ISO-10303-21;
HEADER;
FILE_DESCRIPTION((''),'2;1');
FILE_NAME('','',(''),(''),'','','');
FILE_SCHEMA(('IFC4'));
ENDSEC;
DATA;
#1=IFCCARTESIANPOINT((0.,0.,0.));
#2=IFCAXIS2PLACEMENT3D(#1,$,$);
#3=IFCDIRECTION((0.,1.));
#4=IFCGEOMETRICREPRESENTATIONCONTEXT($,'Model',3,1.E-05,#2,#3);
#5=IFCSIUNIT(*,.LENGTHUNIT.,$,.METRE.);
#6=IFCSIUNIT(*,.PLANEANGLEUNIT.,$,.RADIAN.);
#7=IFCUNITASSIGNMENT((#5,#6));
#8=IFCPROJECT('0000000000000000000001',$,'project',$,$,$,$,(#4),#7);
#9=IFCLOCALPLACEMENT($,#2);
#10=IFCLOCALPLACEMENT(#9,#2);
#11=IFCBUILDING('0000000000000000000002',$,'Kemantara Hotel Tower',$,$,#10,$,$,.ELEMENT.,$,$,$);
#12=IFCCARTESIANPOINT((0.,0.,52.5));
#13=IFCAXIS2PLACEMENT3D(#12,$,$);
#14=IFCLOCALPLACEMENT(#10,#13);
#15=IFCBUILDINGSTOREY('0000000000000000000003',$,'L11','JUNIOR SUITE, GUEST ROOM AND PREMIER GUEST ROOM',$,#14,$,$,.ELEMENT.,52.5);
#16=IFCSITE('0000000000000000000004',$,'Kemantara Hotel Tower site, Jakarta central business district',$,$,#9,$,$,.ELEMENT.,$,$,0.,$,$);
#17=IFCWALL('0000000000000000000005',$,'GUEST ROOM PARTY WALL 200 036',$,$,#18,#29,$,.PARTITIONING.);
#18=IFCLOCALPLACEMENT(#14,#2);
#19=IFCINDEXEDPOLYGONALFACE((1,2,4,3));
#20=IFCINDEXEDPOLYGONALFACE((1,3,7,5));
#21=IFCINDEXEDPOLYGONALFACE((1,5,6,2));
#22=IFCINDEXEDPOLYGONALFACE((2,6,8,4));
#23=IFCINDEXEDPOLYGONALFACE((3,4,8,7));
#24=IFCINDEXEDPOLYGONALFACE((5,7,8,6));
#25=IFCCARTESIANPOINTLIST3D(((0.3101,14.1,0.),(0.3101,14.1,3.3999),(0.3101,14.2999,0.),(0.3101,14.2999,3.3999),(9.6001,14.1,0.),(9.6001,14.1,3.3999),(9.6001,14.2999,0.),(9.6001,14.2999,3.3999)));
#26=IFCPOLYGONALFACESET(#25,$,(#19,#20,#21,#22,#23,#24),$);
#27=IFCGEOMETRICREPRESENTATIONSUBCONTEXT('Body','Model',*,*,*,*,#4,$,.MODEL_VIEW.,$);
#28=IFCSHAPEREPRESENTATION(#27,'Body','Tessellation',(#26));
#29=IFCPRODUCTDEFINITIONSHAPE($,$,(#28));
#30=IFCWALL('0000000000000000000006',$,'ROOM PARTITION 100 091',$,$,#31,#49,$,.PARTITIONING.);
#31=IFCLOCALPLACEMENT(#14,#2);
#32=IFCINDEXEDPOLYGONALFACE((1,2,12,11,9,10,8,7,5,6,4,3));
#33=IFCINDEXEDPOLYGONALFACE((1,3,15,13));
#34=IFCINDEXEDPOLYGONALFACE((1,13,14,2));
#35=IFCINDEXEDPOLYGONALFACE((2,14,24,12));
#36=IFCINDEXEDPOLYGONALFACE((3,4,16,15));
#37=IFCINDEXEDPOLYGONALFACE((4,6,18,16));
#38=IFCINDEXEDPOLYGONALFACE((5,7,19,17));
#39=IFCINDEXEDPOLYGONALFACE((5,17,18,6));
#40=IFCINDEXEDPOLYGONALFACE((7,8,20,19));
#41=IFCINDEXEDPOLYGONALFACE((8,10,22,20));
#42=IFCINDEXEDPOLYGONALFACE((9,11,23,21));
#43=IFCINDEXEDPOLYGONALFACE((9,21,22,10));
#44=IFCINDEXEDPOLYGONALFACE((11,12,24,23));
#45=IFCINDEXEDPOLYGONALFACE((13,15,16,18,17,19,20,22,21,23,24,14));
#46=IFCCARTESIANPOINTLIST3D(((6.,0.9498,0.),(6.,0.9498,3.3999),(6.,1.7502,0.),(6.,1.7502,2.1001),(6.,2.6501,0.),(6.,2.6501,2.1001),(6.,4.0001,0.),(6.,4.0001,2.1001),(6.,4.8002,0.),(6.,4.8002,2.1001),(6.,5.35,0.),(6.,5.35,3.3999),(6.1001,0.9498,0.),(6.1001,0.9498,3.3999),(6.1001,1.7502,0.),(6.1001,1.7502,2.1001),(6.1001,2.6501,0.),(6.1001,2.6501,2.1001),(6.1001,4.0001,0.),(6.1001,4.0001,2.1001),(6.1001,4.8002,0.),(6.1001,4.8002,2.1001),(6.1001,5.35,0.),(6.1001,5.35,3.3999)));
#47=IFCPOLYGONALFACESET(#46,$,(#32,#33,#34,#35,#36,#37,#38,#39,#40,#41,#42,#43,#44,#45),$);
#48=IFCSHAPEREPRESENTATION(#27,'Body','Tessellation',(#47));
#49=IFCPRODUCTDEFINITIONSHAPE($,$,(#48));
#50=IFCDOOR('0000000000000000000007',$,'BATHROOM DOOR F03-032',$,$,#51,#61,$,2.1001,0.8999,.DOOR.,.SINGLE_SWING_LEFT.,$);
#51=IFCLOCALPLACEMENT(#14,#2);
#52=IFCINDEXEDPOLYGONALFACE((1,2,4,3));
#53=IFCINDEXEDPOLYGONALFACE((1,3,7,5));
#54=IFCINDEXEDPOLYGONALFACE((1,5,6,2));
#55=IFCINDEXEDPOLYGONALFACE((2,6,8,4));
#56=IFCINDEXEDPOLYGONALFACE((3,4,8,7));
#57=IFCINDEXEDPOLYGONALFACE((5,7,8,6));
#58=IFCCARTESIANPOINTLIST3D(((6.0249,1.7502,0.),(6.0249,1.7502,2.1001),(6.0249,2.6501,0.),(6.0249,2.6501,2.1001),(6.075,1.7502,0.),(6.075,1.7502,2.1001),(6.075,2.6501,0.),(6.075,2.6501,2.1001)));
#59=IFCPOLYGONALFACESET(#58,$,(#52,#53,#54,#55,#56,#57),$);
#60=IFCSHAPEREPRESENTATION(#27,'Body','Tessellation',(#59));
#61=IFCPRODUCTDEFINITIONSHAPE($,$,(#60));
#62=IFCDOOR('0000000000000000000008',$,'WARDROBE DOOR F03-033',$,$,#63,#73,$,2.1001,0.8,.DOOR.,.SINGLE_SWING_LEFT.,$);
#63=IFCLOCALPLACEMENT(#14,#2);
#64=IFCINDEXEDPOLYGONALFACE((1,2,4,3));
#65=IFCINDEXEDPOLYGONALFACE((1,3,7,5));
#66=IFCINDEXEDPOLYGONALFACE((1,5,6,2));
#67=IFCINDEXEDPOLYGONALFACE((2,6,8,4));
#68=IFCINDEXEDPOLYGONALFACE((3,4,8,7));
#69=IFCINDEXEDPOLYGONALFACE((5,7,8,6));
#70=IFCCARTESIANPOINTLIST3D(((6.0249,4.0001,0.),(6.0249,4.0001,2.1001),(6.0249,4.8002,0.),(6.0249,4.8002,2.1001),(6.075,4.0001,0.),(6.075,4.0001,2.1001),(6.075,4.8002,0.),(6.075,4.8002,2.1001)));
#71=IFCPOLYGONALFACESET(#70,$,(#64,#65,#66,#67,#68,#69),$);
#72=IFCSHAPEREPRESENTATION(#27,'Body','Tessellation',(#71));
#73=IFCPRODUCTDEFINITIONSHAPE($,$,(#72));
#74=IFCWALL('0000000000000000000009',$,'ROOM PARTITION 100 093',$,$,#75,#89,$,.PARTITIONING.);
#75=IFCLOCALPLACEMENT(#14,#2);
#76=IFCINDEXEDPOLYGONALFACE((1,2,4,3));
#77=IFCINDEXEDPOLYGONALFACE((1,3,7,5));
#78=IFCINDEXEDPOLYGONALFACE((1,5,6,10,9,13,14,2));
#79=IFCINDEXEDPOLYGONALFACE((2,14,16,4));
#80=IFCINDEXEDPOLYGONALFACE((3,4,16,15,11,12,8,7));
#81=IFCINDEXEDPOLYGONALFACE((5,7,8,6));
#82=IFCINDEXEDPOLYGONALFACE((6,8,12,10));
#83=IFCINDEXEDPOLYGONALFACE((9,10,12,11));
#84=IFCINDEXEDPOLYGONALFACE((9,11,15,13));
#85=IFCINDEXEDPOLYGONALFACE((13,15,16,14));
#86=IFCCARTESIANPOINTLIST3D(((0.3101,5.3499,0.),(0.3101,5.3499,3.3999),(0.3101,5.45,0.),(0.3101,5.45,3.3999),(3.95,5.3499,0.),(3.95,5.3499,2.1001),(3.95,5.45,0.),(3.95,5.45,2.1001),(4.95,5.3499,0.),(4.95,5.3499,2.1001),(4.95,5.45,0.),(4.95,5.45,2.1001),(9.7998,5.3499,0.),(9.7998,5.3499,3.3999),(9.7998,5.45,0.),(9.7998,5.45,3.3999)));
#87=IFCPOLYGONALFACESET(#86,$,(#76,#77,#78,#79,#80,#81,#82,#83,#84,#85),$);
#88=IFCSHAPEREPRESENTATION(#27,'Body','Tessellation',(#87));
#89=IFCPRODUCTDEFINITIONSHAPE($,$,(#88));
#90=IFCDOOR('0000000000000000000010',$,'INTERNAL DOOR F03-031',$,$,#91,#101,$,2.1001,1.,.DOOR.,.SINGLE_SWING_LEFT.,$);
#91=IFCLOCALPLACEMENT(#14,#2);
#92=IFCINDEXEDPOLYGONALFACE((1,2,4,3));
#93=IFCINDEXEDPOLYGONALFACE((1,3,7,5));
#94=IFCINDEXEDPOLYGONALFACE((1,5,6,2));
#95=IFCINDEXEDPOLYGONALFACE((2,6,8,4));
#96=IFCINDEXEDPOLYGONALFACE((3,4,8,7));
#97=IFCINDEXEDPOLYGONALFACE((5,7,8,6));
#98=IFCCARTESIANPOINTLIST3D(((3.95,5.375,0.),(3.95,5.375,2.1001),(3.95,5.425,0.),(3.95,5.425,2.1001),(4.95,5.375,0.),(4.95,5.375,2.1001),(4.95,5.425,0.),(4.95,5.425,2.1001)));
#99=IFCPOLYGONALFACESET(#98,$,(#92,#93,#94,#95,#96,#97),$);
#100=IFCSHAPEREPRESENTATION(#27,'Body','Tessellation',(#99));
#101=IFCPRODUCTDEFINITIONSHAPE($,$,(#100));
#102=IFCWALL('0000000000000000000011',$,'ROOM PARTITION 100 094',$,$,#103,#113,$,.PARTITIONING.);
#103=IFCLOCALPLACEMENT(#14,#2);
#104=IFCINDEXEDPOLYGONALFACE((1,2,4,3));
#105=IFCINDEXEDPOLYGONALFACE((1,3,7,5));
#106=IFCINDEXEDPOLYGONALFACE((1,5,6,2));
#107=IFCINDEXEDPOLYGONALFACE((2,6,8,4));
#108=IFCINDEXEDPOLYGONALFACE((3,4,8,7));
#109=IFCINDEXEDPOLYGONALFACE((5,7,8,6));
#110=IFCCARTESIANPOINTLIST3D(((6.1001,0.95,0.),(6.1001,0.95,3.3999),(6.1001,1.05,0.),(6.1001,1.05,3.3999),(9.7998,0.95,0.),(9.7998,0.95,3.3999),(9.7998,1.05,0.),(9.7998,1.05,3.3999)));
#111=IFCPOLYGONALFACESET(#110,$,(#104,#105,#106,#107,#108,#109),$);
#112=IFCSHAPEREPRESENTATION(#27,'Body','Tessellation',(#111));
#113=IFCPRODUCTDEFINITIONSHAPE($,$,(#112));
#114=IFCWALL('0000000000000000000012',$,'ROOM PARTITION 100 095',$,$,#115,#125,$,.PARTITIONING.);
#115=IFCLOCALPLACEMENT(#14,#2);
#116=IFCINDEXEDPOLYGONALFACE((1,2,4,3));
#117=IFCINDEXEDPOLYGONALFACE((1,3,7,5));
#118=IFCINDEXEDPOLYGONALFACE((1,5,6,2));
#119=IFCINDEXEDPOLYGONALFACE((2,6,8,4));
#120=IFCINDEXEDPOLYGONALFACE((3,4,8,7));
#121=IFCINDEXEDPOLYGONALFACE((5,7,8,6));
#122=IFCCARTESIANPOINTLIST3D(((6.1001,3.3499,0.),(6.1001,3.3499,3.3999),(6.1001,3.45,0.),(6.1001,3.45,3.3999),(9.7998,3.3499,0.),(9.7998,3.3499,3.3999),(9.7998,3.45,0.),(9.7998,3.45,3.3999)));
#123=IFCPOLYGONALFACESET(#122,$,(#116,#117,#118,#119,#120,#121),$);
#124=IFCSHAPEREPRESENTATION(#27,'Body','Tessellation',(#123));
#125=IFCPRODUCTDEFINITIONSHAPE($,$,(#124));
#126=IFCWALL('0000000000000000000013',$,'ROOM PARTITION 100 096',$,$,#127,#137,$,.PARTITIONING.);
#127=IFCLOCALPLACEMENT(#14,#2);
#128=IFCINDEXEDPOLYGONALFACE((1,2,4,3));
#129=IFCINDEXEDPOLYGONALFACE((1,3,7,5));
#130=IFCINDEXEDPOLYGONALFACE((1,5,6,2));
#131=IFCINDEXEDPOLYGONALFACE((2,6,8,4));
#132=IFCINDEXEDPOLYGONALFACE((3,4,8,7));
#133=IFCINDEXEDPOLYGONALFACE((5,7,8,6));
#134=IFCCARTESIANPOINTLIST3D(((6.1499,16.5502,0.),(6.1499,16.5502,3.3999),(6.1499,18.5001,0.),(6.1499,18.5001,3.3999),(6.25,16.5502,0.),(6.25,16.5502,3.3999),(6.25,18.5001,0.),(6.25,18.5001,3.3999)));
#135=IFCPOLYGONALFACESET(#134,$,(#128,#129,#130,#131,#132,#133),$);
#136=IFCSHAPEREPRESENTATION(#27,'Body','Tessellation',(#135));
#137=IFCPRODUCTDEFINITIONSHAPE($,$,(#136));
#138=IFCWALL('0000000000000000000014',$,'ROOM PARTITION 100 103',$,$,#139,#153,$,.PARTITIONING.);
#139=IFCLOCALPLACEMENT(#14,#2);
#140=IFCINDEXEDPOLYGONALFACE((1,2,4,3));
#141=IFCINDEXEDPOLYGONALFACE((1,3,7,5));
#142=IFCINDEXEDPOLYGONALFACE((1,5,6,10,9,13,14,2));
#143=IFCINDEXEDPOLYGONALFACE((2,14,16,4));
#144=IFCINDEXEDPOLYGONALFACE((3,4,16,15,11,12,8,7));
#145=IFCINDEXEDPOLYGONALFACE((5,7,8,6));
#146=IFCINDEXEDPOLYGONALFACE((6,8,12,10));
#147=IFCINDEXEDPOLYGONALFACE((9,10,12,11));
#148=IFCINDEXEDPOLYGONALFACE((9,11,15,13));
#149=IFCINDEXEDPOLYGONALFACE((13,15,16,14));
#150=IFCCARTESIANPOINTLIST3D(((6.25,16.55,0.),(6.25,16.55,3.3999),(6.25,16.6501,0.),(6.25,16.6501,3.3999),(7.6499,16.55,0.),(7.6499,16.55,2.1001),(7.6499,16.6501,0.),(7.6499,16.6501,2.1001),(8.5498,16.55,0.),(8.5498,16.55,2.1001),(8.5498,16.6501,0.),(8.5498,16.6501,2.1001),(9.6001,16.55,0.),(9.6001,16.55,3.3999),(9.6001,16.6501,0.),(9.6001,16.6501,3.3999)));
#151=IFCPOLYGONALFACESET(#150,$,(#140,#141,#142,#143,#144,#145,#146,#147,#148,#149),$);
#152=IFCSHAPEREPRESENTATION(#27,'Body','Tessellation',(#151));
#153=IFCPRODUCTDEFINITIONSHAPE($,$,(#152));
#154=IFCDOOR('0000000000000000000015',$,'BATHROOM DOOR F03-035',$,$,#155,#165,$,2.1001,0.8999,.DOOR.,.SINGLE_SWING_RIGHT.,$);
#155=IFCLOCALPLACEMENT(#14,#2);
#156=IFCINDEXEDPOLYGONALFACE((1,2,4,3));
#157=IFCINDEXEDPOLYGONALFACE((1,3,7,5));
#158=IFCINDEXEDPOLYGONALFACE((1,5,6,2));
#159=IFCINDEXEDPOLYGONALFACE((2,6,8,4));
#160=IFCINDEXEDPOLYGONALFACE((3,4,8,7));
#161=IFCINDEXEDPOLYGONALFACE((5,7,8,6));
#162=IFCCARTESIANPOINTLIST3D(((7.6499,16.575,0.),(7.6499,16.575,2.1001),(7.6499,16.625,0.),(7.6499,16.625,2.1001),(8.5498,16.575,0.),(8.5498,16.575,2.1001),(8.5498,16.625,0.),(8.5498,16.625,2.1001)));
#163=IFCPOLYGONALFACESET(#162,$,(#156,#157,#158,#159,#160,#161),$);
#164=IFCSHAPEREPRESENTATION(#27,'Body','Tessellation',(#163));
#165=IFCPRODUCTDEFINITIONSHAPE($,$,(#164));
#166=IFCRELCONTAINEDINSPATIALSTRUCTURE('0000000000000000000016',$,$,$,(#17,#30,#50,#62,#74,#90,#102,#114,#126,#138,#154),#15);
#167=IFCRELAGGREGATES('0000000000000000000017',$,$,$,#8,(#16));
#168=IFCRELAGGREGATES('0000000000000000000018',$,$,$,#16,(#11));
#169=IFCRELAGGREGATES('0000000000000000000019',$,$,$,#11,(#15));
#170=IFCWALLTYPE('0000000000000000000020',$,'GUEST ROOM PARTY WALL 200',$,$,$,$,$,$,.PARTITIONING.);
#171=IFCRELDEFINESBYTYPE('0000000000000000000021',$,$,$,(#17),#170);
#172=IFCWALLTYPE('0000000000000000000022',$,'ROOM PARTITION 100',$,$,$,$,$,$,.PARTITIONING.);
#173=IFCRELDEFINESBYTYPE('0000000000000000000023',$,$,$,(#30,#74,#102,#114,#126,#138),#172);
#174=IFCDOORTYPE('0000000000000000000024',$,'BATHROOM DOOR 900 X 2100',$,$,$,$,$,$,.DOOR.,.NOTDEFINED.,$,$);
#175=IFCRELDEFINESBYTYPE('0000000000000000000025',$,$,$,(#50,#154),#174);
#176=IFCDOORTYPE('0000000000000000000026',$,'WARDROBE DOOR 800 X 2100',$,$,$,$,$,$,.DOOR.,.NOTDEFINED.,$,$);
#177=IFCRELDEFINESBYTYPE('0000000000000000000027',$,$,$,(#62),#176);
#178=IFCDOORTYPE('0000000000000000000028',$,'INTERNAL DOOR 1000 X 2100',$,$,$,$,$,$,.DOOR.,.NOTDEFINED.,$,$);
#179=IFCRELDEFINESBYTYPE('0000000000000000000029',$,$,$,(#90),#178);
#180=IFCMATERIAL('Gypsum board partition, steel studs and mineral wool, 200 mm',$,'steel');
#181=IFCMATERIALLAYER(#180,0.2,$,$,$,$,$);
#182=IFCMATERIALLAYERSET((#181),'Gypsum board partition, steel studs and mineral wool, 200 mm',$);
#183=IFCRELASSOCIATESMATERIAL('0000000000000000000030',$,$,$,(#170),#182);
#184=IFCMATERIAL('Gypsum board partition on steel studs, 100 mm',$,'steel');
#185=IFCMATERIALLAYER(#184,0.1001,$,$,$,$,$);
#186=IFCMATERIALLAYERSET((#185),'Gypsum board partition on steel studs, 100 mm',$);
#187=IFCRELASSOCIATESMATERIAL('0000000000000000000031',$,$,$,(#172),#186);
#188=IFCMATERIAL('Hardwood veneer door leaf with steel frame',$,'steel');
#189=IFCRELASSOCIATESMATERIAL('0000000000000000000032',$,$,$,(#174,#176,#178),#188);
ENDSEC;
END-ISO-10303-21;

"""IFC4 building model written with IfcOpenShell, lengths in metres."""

from ifc_helpers import new_model, si_unit, direction, frame, frame_2d, origin, place, context, subcontext, project, spatial, rectangle, extrude, material, layer, layer_set, type_object, element, fill, save


model = new_model("IFC4")

# Units and contexts
model_context = context("Model", 3, precision=1e-05, world=origin(), true_north=direction((0.0, 1.0)))
body_context = subcontext(model_context, "Body", "Model", "MODEL_VIEW")
ifc_project = project(units=[si_unit("LENGTHUNIT", "METRE"), si_unit("PLANEANGLEUNIT", "RADIAN")], contexts=[model_context])

# Site, building, storey
site_placement = place(None, origin())
site = spatial("IfcSite", under=ifc_project, at=site_placement, Name="Kemantara Hotel Tower site, Jakarta central business district", CompositionType="ELEMENT", RefElevation=0.0)
building_placement = place(site_placement, origin())
building = spatial("IfcBuilding", under=site, at=building_placement, Name="Kemantara Hotel Tower", CompositionType="ELEMENT")
storey_placement = place(building_placement, frame((0.0, 0.0, 52.5)))
storey = spatial("IfcBuildingStorey", under=building, at=storey_placement, Name="L11", Description="JUNIOR SUITE, GUEST ROOM AND PREMIER GUEST ROOM", CompositionType="ELEMENT", Elevation=52.5)

# Shared definitions
ifc_material_1 = material(Name="Gypsum board partition, steel studs and mineral wool, 200 mm", Category="steel")
ifc_material_2 = material(Name="Hardwood veneer door leaf with steel frame", Category="steel")

# Wall
ifc_layer_1 = layer(ifc_material_1, 0.2)
ifc_layer_set_1 = layer_set([ifc_layer_1], Name="Gypsum board partition, steel studs and mineral wool, 200 mm")
wall_type_1 = type_object("IfcWallType", Name="GUEST ROOM PARTY WALL 200", PredefinedType="PARTITIONING", material=ifc_layer_set_1)
wall_1_placement = place(storey_placement, frame((0.3101, 14.2, 0.0), z_axis=(0.0, 0.0, 1.0), x_axis=(1.0, 0.0, 0.0)))
element("IfcWall", 1, at=wall_1_placement, inside=storey, type_object=wall_type_1, Name="GUEST ROOM PARTY WALL 200 036", PredefinedType="PARTITIONING", context=body_context, shape_type="SweptSolid", body=[
    extrude(rectangle(XDim=9.29, YDim=0.2, at=frame_2d((4.645, 0.0))), origin(), (0.0, 0.0, 1.0), 3.3999),
])

# Wall, openings, doors
ifc_material_3 = material(Name="Gypsum board partition on steel studs, 100 mm", Category="steel")
ifc_layer_2 = layer(ifc_material_3, 0.1001)
ifc_layer_set_2 = layer_set([ifc_layer_2], Name="Gypsum board partition on steel studs, 100 mm")
wall_type_2 = type_object("IfcWallType", Name="ROOM PARTITION 100", PredefinedType="PARTITIONING", material=ifc_layer_set_2)
wall_2_placement = place(storey_placement, frame((6.05, 5.3501, 0.0), z_axis=(0.0, 0.0, 1.0), x_axis=(0.0, -1.0, 0.0)))
wall_2 = element("IfcWall", 2, at=wall_2_placement, inside=storey, type_object=wall_type_2, Name="ROOM PARTITION 100 091", PredefinedType="PARTITIONING", context=body_context, shape_type="SweptSolid", body=[
    extrude(rectangle(XDim=4.4001, YDim=0.1001, at=frame_2d((2.2002, 0.0))), origin(), (0.0, 0.0, 1.0), 3.3999),
])
opening_1_placement = place(wall_2_placement, frame((2.7, 0.0, 0.0)))
opening_1 = element("IfcOpeningElement", 3, at=opening_1_placement, cuts=wall_2, PredefinedType="OPENING", context=body_context, shape_type="SweptSolid", body=[
    extrude(rectangle(XDim=0.8999, YDim=2.1001, at=frame_2d((0.45, 1.05))), frame((0.0, 0.0601, 0.0), z_axis=(0.0, -1.0, 0.0), x_axis=(1.0, 0.0, 0.0)), (0.0, 0.0, 1.0), 0.1201),
])
opening_2_placement = place(wall_2_placement, frame((0.55, 0.0, 0.0)))
opening_2 = element("IfcOpeningElement", 4, at=opening_2_placement, cuts=wall_2, PredefinedType="OPENING", context=body_context, shape_type="SweptSolid", body=[
    extrude(rectangle(XDim=0.8, YDim=2.1001, at=frame_2d((0.3999, 1.05))), frame((0.0, 0.0601, 0.0), z_axis=(0.0, -1.0, 0.0), x_axis=(1.0, 0.0, 0.0)), (0.0, 0.0, 1.0), 0.1201),
])
door_type_1 = type_object("IfcDoorType", Name="BATHROOM DOOR 900 X 2100", OperationType="NOTDEFINED", PredefinedType="DOOR", material=ifc_material_2)
door_1_placement = place(opening_1_placement, origin())
door_1 = element("IfcDoor", 5, at=door_1_placement, inside=storey, type_object=door_type_1, Name="BATHROOM DOOR F03-032", OperationType="SINGLE_SWING_LEFT", OverallHeight=2.1001, OverallWidth=0.8999, PredefinedType="DOOR", context=body_context, shape_type="SweptSolid", body=[
    extrude(rectangle(XDim=0.8999, YDim=2.1001, at=frame_2d((0.45, 1.05))), frame((0.0, 0.0249, 0.0), z_axis=(0.0, -1.0, 0.0), x_axis=(1.0, 0.0, 0.0)), (0.0, 0.0, 1.0), 0.05),
])
fill(opening_1, door_1)
door_type_2 = type_object("IfcDoorType", Name="WARDROBE DOOR 800 X 2100", OperationType="NOTDEFINED", PredefinedType="DOOR", material=ifc_material_2)
door_2_placement = place(opening_2_placement, origin())
door_2 = element("IfcDoor", 6, at=door_2_placement, inside=storey, type_object=door_type_2, Name="WARDROBE DOOR F03-033", OperationType="SINGLE_SWING_LEFT", OverallHeight=2.1001, OverallWidth=0.8, PredefinedType="DOOR", context=body_context, shape_type="SweptSolid", body=[
    extrude(rectangle(XDim=0.8, YDim=2.1001, at=frame_2d((0.3999, 1.05))), frame((0.0, 0.0249, 0.0), z_axis=(0.0, -1.0, 0.0), x_axis=(1.0, 0.0, 0.0)), (0.0, 0.0, 1.0), 0.05),
])
fill(opening_2, door_2)

# Wall, opening, door
wall_3_placement = place(storey_placement, frame((9.7998, 5.3999, 0.0), z_axis=(0.0, 0.0, 1.0), x_axis=(-1.0, 0.0, 0.0)))
wall_3 = element("IfcWall", 7, at=wall_3_placement, inside=storey, type_object=wall_type_2, Name="ROOM PARTITION 100 093", PredefinedType="PARTITIONING", context=body_context, shape_type="SweptSolid", body=[
    extrude(rectangle(XDim=9.4897, YDim=0.1001, at=frame_2d((4.7449, 0.0))), origin(), (0.0, 0.0, 1.0), 3.3999),
])
opening_3_placement = place(wall_3_placement, frame((4.8499, 0.0, 0.0)))
opening_3 = element("IfcOpeningElement", 8, at=opening_3_placement, cuts=wall_3, PredefinedType="OPENING", context=body_context, shape_type="SweptSolid", body=[
    extrude(rectangle(XDim=1.0, YDim=2.1001, at=frame_2d((0.5, 1.05))), frame((0.0, 0.0601, 0.0), z_axis=(0.0, -1.0, 0.0), x_axis=(1.0, 0.0, 0.0)), (0.0, 0.0, 1.0), 0.1201),
])
door_type_3 = type_object("IfcDoorType", Name="INTERNAL DOOR 1000 X 2100", OperationType="NOTDEFINED", PredefinedType="DOOR", material=ifc_material_2)
door_3_placement = place(opening_3_placement, origin())
door_3 = element("IfcDoor", 9, at=door_3_placement, inside=storey, type_object=door_type_3, Name="INTERNAL DOOR F03-031", OperationType="SINGLE_SWING_LEFT", OverallHeight=2.1001, OverallWidth=1.0, PredefinedType="DOOR", context=body_context, shape_type="SweptSolid", body=[
    extrude(rectangle(XDim=1.0, YDim=2.1001, at=frame_2d((0.5, 1.05))), frame((0.0, 0.0249, 0.0), z_axis=(0.0, -1.0, 0.0), x_axis=(1.0, 0.0, 0.0)), (0.0, 0.0, 1.0), 0.05),
])
fill(opening_3, door_3)

# Walls
for number, where, z_axis, x_axis, name in (
    (10, (6.1001, 1.0, 0.0), (0.0, 0.0, 1.0), (1.0, 0.0, 0.0), "ROOM PARTITION 100 094"),
    (11, (6.1001, 3.3999, 0.0), (0.0, 0.0, 1.0), (1.0, 0.0, 0.0), "ROOM PARTITION 100 095"),
):
    element("IfcWall", number, at=place(storey_placement, frame(where, z_axis=z_axis, x_axis=x_axis)), inside=storey, type_object=wall_type_2, Name=name, PredefinedType="PARTITIONING", context=body_context, shape_type="SweptSolid", body=[
        extrude(rectangle(XDim=3.6997, YDim=0.1001, at=frame_2d((1.8499, 0.0))), origin(), (0.0, 0.0, 1.0), 3.3999),
    ])
wall_4_placement = place(storey_placement, frame((6.2, 16.55, 0.0), z_axis=(0.0, 0.0, 1.0), x_axis=(0.0, 1.0, 0.0)))
element("IfcWall", 12, at=wall_4_placement, inside=storey, type_object=wall_type_2, Name="ROOM PARTITION 100 096", PredefinedType="PARTITIONING", context=body_context, shape_type="SweptSolid", body=[
    extrude(rectangle(XDim=1.95, YDim=0.1001, at=frame_2d((0.9751, 0.0))), origin(), (0.0, 0.0, 1.0), 3.3999),
])

# Wall, opening, door
wall_5_placement = place(storey_placement, frame((6.25, 16.6001, 0.0), z_axis=(0.0, 0.0, 1.0), x_axis=(1.0, 0.0, 0.0)))
wall_5 = element("IfcWall", 13, at=wall_5_placement, inside=storey, type_object=wall_type_2, Name="ROOM PARTITION 100 103", PredefinedType="PARTITIONING", context=body_context, shape_type="SweptSolid", body=[
    extrude(rectangle(XDim=3.3501, YDim=0.1001, at=frame_2d((1.675, 0.0))), origin(), (0.0, 0.0, 1.0), 3.3999),
])
opening_4_placement = place(wall_5_placement, frame((1.3999, 0.0, 0.0)))
opening_4 = element("IfcOpeningElement", 14, at=opening_4_placement, cuts=wall_5, PredefinedType="OPENING", context=body_context, shape_type="SweptSolid", body=[
    extrude(rectangle(XDim=0.8999, YDim=2.1001, at=frame_2d((0.45, 1.05))), frame((0.0, 0.0601, 0.0), z_axis=(0.0, -1.0, 0.0), x_axis=(1.0, 0.0, 0.0)), (0.0, 0.0, 1.0), 0.1201),
])
door_4_placement = place(opening_4_placement, origin())
door_4 = element("IfcDoor", 15, at=door_4_placement, inside=storey, type_object=door_type_1, Name="BATHROOM DOOR F03-035", OperationType="SINGLE_SWING_RIGHT", OverallHeight=2.1001, OverallWidth=0.8999, PredefinedType="DOOR", context=body_context, shape_type="SweptSolid", body=[
    extrude(rectangle(XDim=0.8999, YDim=2.1001, at=frame_2d((0.45, 1.05))), frame((0.0, 0.0249, 0.0), z_axis=(0.0, -1.0, 0.0), x_axis=(1.0, 0.0, 0.0)), (0.0, 0.0, 1.0), 0.05),
])
fill(opening_4, door_4)

save(model, "model.ifc")
